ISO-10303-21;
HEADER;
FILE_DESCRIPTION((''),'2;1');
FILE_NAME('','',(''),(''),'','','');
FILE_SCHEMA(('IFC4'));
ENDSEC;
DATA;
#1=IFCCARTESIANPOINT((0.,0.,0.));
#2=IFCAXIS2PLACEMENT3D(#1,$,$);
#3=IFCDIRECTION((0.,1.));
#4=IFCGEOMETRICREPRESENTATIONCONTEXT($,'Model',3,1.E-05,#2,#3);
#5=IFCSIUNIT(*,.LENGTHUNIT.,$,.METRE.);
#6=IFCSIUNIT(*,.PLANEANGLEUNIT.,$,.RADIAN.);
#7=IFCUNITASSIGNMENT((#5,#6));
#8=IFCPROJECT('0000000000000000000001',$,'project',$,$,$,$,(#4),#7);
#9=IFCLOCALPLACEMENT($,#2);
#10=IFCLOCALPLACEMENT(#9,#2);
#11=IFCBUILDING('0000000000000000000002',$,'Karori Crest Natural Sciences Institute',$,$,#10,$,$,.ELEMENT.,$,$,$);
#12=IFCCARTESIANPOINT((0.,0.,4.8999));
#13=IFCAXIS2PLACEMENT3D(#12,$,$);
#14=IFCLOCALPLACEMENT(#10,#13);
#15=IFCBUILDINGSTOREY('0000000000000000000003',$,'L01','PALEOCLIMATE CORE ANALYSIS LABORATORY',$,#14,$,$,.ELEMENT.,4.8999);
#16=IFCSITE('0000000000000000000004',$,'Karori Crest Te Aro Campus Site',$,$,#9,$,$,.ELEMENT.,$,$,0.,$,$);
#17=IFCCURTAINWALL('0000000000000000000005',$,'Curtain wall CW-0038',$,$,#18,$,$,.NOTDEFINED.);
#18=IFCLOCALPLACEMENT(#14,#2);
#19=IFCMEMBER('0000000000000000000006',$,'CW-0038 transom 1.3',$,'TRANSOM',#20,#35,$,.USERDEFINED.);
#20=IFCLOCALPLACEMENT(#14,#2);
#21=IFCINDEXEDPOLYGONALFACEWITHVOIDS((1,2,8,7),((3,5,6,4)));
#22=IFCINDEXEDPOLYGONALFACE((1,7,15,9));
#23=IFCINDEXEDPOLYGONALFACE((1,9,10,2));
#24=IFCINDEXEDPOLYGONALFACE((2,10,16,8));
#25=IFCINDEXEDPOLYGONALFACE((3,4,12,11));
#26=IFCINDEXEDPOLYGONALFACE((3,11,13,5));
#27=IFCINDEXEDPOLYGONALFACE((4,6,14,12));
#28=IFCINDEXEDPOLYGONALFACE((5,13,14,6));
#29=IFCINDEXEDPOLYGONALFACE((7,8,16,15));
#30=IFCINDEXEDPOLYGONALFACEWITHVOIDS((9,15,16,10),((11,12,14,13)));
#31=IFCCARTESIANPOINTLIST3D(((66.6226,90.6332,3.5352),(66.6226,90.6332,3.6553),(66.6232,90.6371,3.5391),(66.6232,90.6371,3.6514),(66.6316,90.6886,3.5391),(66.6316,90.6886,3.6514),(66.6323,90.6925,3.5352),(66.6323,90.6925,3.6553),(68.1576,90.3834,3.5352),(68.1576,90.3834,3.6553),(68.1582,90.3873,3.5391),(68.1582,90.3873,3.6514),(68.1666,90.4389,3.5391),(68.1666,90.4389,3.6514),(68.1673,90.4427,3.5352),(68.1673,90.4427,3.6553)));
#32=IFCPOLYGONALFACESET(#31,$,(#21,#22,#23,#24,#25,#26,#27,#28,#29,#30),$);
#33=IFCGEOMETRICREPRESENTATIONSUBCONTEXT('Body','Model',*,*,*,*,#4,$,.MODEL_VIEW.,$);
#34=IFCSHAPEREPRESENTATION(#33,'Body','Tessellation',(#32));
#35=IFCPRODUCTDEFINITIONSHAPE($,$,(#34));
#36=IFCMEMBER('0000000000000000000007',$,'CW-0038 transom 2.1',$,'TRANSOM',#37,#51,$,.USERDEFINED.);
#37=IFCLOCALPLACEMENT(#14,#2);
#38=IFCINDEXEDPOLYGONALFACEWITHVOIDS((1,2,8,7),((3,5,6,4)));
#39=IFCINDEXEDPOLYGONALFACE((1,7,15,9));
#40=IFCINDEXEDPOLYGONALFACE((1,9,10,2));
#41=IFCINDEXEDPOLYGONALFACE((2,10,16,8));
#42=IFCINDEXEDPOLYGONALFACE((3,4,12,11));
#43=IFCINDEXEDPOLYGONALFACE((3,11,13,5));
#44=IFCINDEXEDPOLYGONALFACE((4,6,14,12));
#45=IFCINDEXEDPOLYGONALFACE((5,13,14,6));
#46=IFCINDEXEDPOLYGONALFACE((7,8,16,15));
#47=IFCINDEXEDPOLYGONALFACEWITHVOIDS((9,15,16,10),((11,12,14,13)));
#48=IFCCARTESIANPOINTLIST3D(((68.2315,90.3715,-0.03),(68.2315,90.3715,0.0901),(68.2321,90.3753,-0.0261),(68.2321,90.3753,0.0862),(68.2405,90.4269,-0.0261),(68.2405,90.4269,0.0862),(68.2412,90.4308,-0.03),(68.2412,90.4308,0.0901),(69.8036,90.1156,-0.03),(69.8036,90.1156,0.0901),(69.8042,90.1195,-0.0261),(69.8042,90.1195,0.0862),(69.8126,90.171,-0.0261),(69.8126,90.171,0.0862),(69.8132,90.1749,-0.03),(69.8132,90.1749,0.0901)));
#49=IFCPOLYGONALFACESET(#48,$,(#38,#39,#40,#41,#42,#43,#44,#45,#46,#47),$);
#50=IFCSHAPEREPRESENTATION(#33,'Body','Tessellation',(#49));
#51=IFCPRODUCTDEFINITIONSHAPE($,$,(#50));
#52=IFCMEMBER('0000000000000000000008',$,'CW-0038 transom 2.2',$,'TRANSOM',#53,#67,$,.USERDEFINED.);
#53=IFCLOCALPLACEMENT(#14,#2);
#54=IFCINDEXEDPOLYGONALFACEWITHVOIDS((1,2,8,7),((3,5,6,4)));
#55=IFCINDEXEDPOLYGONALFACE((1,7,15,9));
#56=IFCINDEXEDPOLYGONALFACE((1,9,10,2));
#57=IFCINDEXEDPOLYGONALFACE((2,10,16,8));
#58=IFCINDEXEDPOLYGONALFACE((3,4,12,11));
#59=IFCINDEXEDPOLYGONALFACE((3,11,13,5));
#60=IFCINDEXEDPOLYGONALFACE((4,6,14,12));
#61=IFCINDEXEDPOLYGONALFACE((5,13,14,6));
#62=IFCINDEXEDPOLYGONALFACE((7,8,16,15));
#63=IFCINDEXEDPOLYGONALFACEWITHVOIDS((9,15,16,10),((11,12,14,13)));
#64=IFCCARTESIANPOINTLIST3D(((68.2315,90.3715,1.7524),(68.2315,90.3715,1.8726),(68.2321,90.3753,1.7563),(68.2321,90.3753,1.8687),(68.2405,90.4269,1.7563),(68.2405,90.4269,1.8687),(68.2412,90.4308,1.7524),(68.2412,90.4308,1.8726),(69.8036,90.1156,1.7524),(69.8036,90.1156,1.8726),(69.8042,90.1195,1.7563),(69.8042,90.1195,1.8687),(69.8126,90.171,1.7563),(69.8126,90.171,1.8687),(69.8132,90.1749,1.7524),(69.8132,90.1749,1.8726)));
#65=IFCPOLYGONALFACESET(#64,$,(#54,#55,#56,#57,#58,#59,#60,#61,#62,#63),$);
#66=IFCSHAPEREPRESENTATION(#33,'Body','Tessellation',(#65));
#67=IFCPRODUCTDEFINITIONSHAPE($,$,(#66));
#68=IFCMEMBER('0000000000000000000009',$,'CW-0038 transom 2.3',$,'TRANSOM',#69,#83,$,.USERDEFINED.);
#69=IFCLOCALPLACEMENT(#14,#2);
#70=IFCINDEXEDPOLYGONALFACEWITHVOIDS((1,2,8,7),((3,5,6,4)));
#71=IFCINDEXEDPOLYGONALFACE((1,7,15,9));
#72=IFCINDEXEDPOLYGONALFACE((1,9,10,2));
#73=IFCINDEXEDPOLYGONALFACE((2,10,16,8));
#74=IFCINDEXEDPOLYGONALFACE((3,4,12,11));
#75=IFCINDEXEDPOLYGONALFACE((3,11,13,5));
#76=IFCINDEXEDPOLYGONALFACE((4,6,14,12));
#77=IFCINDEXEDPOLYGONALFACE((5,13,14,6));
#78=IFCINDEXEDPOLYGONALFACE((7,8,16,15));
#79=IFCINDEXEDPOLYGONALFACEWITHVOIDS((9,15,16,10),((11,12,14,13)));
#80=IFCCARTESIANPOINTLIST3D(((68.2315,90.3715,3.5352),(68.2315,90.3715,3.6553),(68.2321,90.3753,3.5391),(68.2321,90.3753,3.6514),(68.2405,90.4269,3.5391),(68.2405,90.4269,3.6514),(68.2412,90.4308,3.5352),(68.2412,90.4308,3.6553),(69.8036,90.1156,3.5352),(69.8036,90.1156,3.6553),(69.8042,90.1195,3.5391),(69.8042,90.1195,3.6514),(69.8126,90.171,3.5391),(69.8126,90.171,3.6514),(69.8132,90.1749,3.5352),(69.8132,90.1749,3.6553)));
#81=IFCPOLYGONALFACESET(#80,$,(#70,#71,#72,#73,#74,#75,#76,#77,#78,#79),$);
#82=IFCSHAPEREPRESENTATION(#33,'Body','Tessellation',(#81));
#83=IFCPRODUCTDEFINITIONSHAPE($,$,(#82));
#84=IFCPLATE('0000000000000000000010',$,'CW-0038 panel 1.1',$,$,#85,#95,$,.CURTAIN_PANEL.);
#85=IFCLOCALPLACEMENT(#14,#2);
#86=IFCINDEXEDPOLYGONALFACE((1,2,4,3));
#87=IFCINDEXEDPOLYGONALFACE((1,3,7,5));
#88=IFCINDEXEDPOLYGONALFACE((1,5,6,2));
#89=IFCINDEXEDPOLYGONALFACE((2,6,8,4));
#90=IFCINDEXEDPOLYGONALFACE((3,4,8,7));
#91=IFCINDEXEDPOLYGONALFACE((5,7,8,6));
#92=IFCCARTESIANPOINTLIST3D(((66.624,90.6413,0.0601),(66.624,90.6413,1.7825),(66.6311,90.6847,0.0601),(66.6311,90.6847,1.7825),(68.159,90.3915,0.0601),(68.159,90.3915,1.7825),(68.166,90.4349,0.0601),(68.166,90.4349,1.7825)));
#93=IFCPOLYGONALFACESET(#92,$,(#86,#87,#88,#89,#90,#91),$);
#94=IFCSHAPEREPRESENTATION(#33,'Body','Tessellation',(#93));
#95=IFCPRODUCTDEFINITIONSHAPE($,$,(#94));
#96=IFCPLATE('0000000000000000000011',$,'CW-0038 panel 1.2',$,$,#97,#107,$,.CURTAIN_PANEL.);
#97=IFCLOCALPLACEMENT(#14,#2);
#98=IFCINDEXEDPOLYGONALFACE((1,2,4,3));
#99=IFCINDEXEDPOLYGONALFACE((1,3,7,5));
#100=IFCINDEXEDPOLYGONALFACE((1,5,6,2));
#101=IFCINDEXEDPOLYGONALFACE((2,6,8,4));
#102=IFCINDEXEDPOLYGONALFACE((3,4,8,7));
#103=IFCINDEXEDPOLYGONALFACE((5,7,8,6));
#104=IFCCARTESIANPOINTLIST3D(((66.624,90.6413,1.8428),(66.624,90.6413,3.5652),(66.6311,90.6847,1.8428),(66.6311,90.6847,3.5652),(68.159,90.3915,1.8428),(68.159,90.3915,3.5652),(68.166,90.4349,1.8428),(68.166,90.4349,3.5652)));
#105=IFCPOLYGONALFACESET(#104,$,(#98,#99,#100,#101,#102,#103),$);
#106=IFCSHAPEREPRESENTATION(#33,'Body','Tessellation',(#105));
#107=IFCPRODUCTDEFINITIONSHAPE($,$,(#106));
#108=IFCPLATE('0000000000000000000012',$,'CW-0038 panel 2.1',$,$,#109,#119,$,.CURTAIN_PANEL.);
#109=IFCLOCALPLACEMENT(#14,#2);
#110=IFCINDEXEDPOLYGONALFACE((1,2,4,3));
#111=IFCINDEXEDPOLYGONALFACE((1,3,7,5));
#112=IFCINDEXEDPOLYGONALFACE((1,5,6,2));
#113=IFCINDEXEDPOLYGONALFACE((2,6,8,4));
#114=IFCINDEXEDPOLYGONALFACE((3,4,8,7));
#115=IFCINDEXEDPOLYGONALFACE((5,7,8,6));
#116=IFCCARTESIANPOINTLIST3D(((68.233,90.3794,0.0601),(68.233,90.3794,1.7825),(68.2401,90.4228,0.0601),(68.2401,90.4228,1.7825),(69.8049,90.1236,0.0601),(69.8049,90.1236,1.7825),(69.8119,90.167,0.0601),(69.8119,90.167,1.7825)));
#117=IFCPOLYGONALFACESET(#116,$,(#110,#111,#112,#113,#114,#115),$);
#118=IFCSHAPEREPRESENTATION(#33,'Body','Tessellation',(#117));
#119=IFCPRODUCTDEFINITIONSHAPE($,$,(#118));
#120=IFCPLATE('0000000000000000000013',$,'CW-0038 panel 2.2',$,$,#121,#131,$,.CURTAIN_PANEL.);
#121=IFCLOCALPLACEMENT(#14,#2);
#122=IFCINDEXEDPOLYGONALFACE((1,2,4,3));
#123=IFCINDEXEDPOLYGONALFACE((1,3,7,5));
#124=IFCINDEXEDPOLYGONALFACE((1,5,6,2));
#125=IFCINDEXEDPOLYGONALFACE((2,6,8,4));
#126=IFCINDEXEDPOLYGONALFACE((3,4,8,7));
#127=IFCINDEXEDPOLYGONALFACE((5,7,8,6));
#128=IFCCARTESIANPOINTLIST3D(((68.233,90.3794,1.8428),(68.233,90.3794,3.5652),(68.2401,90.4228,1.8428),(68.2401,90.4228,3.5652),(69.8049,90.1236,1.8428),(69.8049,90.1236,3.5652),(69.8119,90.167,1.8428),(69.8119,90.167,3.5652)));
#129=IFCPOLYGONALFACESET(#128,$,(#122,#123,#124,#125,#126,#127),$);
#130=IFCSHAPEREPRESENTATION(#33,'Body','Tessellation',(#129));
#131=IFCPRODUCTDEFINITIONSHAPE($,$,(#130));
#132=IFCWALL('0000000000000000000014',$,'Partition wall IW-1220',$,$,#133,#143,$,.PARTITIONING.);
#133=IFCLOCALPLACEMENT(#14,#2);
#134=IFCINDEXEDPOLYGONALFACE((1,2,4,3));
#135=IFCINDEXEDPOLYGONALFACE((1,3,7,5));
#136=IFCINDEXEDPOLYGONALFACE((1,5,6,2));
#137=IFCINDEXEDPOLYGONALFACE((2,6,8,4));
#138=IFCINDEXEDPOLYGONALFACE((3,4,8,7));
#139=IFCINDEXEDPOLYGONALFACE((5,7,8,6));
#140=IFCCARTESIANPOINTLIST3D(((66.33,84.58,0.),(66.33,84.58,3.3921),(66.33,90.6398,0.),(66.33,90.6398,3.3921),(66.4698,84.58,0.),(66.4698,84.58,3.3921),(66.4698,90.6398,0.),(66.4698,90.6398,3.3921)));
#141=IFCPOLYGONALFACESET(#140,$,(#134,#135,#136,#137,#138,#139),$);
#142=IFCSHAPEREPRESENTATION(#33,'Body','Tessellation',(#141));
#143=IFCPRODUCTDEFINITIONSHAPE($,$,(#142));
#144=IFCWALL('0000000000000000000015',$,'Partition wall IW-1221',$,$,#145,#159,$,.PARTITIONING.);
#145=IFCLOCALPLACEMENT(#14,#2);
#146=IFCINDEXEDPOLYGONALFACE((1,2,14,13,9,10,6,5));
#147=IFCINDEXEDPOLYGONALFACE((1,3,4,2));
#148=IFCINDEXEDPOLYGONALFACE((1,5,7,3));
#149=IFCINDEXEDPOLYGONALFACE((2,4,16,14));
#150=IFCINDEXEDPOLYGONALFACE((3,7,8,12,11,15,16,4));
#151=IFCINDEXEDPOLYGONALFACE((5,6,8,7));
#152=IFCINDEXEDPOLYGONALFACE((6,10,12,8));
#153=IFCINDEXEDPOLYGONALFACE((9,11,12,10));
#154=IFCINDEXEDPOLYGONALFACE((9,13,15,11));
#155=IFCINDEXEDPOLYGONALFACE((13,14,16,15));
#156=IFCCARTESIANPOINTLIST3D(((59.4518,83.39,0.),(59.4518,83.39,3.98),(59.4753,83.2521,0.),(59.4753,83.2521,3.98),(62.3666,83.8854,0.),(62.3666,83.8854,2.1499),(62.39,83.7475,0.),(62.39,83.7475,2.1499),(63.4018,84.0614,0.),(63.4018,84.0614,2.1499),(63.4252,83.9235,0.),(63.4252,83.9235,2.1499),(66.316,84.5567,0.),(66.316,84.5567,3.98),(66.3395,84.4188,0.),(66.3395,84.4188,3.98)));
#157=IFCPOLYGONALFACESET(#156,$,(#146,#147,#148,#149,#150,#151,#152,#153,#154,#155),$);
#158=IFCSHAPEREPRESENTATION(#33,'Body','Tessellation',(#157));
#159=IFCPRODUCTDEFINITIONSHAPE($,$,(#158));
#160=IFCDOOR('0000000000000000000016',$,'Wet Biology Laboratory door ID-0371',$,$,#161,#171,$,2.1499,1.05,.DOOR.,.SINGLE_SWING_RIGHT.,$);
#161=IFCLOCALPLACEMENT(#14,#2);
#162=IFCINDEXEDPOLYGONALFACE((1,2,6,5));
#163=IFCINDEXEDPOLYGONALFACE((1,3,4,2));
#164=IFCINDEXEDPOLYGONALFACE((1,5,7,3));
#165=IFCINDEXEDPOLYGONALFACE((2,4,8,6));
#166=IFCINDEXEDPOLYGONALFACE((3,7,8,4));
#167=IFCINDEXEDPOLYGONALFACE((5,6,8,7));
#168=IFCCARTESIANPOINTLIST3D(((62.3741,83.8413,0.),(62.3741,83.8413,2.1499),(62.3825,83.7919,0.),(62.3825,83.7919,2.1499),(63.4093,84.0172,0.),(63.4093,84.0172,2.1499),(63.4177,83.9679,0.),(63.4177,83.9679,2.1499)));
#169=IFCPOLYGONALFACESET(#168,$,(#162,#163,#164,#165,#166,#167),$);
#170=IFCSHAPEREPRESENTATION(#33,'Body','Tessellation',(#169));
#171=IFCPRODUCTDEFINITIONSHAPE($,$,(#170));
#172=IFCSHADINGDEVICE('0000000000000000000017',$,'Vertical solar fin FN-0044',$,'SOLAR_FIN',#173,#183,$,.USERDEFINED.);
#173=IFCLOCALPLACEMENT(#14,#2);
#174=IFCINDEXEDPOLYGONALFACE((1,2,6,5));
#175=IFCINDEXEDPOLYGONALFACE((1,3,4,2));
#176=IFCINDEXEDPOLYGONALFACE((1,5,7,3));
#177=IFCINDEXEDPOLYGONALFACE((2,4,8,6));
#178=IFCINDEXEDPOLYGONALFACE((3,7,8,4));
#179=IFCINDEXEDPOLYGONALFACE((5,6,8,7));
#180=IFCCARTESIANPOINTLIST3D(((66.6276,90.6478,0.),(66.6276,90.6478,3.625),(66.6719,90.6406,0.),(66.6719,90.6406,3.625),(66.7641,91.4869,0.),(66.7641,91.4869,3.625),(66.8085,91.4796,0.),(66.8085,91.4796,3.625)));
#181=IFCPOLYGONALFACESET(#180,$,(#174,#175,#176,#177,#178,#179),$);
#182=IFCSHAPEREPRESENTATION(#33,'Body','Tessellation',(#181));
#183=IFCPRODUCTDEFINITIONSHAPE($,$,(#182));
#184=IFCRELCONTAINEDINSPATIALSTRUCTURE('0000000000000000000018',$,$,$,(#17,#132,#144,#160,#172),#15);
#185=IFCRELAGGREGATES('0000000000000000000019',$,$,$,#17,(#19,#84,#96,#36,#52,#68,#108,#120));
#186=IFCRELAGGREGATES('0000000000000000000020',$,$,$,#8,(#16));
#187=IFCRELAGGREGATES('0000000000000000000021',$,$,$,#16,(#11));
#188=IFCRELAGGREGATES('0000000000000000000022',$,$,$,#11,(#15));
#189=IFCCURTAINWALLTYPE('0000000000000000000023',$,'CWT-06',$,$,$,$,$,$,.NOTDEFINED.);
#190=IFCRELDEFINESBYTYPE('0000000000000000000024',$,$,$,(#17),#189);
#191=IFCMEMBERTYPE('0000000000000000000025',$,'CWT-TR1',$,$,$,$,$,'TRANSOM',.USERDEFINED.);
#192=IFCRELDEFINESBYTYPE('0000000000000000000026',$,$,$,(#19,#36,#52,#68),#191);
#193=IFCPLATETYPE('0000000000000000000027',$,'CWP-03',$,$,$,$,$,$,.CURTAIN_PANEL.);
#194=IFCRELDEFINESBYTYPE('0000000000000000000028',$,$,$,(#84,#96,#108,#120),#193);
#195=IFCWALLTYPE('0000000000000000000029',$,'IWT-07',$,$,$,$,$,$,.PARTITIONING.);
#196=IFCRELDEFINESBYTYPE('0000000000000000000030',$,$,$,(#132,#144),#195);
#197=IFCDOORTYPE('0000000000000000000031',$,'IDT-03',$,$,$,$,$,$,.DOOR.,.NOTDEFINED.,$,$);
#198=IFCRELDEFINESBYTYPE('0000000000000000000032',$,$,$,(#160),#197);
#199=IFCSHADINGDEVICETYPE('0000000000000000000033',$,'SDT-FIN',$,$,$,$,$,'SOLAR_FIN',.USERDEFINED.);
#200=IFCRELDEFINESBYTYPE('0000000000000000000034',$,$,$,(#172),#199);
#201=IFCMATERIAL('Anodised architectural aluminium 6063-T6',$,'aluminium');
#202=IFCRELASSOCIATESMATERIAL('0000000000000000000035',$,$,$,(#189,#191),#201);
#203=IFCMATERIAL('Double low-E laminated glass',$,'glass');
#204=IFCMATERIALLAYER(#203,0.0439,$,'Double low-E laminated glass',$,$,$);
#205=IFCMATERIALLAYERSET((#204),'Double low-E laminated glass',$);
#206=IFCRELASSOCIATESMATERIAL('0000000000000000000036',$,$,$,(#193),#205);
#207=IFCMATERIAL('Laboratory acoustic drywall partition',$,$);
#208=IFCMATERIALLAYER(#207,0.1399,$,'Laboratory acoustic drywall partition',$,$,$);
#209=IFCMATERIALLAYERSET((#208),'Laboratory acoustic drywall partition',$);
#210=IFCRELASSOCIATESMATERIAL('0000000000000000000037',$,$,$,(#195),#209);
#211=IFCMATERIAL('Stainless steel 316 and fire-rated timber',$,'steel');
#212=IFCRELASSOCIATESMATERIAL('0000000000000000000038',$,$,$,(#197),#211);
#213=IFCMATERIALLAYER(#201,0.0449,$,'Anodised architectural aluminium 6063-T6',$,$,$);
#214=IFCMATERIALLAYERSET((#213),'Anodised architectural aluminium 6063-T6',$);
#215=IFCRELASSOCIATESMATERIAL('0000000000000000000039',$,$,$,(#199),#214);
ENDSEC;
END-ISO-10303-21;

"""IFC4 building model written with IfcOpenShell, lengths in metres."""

from ifc_helpers import new_model, si_unit, direction, frame, frame_2d, origin, origin_2d, place, context, subcontext, project, spatial, rectangle, hollow_rectangle, extrude, material, layer, layer_set, material_profile, profile_set, type_object, element, fill, aggregate, save


model = new_model("IFC4")

# Units and contexts
model_context = context("Model", 3, precision=1e-05, world=origin(), true_north=direction((0.0, 1.0)))
body_context = subcontext(model_context, "Body", "Model", "MODEL_VIEW")
ifc_project = project(units=[si_unit("LENGTHUNIT", "METRE"), si_unit("PLANEANGLEUNIT", "RADIAN")], contexts=[model_context])

# Site, building, storey
site_placement = place(None, origin())
site = spatial("IfcSite", under=ifc_project, at=site_placement, Name="Karori Crest Te Aro Campus Site", CompositionType="ELEMENT", RefElevation=0.0)
building_placement = place(site_placement, origin())
building = spatial("IfcBuilding", under=site, at=building_placement, Name="Karori Crest Natural Sciences Institute", CompositionType="ELEMENT")
storey_placement = place(building_placement, frame((0.0, 0.0, 4.8999)))
storey = spatial("IfcBuildingStorey", under=building, at=storey_placement, Name="L01", Description="PALEOCLIMATE CORE ANALYSIS LABORATORY", CompositionType="ELEMENT", Elevation=4.8999)

# Curtain wall, members, plates
ifc_material_1 = material(Name="Anodised architectural aluminium 6063-T6", Category="aluminium")
curtain_wall_type = type_object("IfcCurtainWallType", Name="CWT-06", PredefinedType="NOTDEFINED", material=ifc_material_1)
curtain_wall_placement = place(storey_placement, origin())
curtain_wall = element("IfcCurtainWall", 1, at=curtain_wall_placement, inside=storey, type_object=curtain_wall_type, Name="Curtain wall CW-0038", PredefinedType="NOTDEFINED")
ifc_material_profile_1 = material_profile(ifc_material_1, hollow_rectangle(XDim=0.0601, YDim=0.1201, WallThickness=0.0039, at=origin_2d()), Name="CWT120x60x4")
ifc_profile_set_1 = profile_set([ifc_material_profile_1], Name="Anodised architectural aluminium 6063-T6")
member_type_1 = type_object("IfcMemberType", Name="CWT-TR1", ElementType="TRANSOM", PredefinedType="USERDEFINED", material=ifc_profile_set_1)
member_1_placement = place(storey_placement, frame((66.6274, 90.6628, 3.5952), z_axis=(0.987019, -0.160604, 0.0), x_axis=(0.160604, 0.987019, 0.0)))
member_1 = element("IfcMember", 2, at=member_1_placement, type_object=member_type_1, Name="CW-0038 transom 1.3", ObjectType="TRANSOM", PredefinedType="USERDEFINED", context=body_context, shape_type="SweptSolid", body=[
    extrude(hollow_rectangle(XDim=0.0601, YDim=0.1201, WallThickness=0.0039, at=origin_2d()), origin(), (0.0, 0.0, 1.0), 1.5552),
])
member_2_placement = place(storey_placement, frame((68.2363, 90.4011, 0.03), z_axis=(0.987012, -0.160644, 0.0), x_axis=(0.160644, 0.987012, 0.0)))
member_2 = element("IfcMember", 3, at=member_2_placement, type_object=member_type_1, Name="CW-0038 transom 2.1", ObjectType="TRANSOM", PredefinedType="USERDEFINED", context=body_context, shape_type="SweptSolid", body=[
    extrude(hollow_rectangle(XDim=0.0601, YDim=0.1201, WallThickness=0.0039, at=origin_2d()), origin(), (0.0, 0.0, 1.0), 1.5928),
])
member_3_placement = place(storey_placement, frame((68.2363, 90.4011, 1.8125), z_axis=(0.987012, -0.160644, 0.0), x_axis=(0.160644, 0.987012, 0.0)))
member_3 = element("IfcMember", 4, at=member_3_placement, type_object=member_type_1, Name="CW-0038 transom 2.2", ObjectType="TRANSOM", PredefinedType="USERDEFINED", context=body_context, shape_type="SweptSolid", body=[
    extrude(hollow_rectangle(XDim=0.0601, YDim=0.1201, WallThickness=0.0039, at=origin_2d()), origin(), (0.0, 0.0, 1.0), 1.5928),
])
member_4_placement = place(storey_placement, frame((68.2363, 90.4011, 3.5952), z_axis=(0.987012, -0.160644, 0.0), x_axis=(0.160644, 0.987012, 0.0)))
member_4 = element("IfcMember", 5, at=member_4_placement, type_object=member_type_1, Name="CW-0038 transom 2.3", ObjectType="TRANSOM", PredefinedType="USERDEFINED", context=body_context, shape_type="SweptSolid", body=[
    extrude(hollow_rectangle(XDim=0.0601, YDim=0.1201, WallThickness=0.0039, at=origin_2d()), origin(), (0.0, 0.0, 1.0), 1.5928),
])
ifc_material_2 = material(Name="Double low-E laminated glass", Category="glass")
ifc_layer_1 = layer(ifc_material_2, 0.0439, Name="Double low-E laminated glass")
ifc_layer_set_1 = layer_set([ifc_layer_1], Name="Double low-E laminated glass")
plate_type = type_object("IfcPlateType", Name="CWP-03", PredefinedType="CURTAIN_PANEL", material=ifc_layer_set_1)
plate_1_placement = place(storey_placement, frame((67.395, 90.5381, 0.0601), z_axis=(0.0, 0.0, 1.0), x_axis=(0.987011, -0.160652, 0.0)))
plate_1 = element("IfcPlate", 6, at=plate_1_placement, type_object=plate_type, Name="CW-0038 panel 1.1", PredefinedType="CURTAIN_PANEL", context=body_context, shape_type="SweptSolid", body=[
    extrude(rectangle(XDim=1.5552, YDim=0.0439, at=origin_2d()), origin(), (0.0, 0.0, 1.0), 1.7224),
])
plate_2_placement = place(storey_placement, frame((67.395, 90.5381, 1.8428), z_axis=(0.0, 0.0, 1.0), x_axis=(0.987011, -0.160652, 0.0)))
plate_2 = element("IfcPlate", 7, at=plate_2_placement, type_object=plate_type, Name="CW-0038 panel 1.2", PredefinedType="CURTAIN_PANEL", context=body_context, shape_type="SweptSolid", body=[
    extrude(rectangle(XDim=1.5552, YDim=0.0439, at=origin_2d()), origin(), (0.0, 0.0, 1.0), 1.7224),
])
plate_3_placement = place(storey_placement, frame((69.0225, 90.2732, 0.0601), z_axis=(0.0, 0.0, 1.0), x_axis=(0.987011, -0.160652, 0.0)))
plate_3 = element("IfcPlate", 8, at=plate_3_placement, type_object=plate_type, Name="CW-0038 panel 2.1", PredefinedType="CURTAIN_PANEL", context=body_context, shape_type="SweptSolid", body=[
    extrude(rectangle(XDim=1.5925, YDim=0.0439, at=origin_2d()), origin(), (0.0, 0.0, 1.0), 1.7224),
])
plate_4_placement = place(storey_placement, frame((69.0225, 90.2732, 1.8428), z_axis=(0.0, 0.0, 1.0), x_axis=(0.987011, -0.160652, 0.0)))
plate_4 = element("IfcPlate", 9, at=plate_4_placement, type_object=plate_type, Name="CW-0038 panel 2.2", PredefinedType="CURTAIN_PANEL", context=body_context, shape_type="SweptSolid", body=[
    extrude(rectangle(XDim=1.5925, YDim=0.0439, at=origin_2d()), origin(), (0.0, 0.0, 1.0), 1.7224),
])
aggregate(curtain_wall, [member_1, plate_1, plate_2, member_2, member_3, member_4, plate_3, plate_4])

# Wall
ifc_material_3 = material(Name="Laboratory acoustic drywall partition")
ifc_layer_2 = layer(ifc_material_3, 0.1399, Name="Laboratory acoustic drywall partition")
ifc_layer_set_2 = layer_set([ifc_layer_2], Name="Laboratory acoustic drywall partition")
wall_type = type_object("IfcWallType", Name="IWT-07", PredefinedType="PARTITIONING", material=ifc_layer_set_2)
wall_1_placement = place(storey_placement, frame((66.3999, 84.5801, 0.0), z_axis=(0.0, 0.0, 1.0), x_axis=(0.0, 1.0, 0.0)))
element("IfcWall", 10, at=wall_1_placement, inside=storey, type_object=wall_type, Name="Partition wall IW-1220", PredefinedType="PARTITIONING", context=body_context, shape_type="SweptSolid", body=[
    extrude(rectangle(XDim=6.0598, YDim=0.1399, at=frame_2d((3.0298, 0.0))), origin(), (0.0, 0.0, 1.0), 3.3921),
])

# Wall, opening, door
wall_2_placement = place(storey_placement, frame((66.3279, 84.4878, 0.0), z_axis=(0.0, 0.0, 1.0), x_axis=(-0.98586, -0.167571, 0.0)))
wall_2 = element("IfcWall", 11, at=wall_2_placement, inside=storey, type_object=wall_type, Name="Partition wall IW-1221", PredefinedType="PARTITIONING", context=body_context, shape_type="SweptSolid", body=[
    extrude(rectangle(XDim=6.9626, YDim=0.1399, at=frame_2d((3.4814, 0.0))), origin(), (0.0, 0.0, 1.0), 3.98),
])
opening_placement = place(wall_2_placement, frame((2.9563, 0.0, 0.0)))
opening = element("IfcOpeningElement", 12, at=opening_placement, cuts=wall_2, PredefinedType="OPENING", context=body_context, shape_type="SweptSolid", body=[
    extrude(rectangle(XDim=1.05, YDim=2.1499, at=frame_2d((0.5249, 1.075))), frame((0.0, 0.0801, 0.0), z_axis=(0.0, -1.0, 0.0), x_axis=(1.0, 0.0, 0.0)), (0.0, 0.0, 1.0), 0.1599),
])
ifc_material_4 = material(Name="Stainless steel 316 and fire-rated timber", Category="steel")
door_type = type_object("IfcDoorType", Name="IDT-03", OperationType="NOTDEFINED", PredefinedType="DOOR", material=ifc_material_4)
door_placement = place(opening_placement, origin())
door = element("IfcDoor", 13, at=door_placement, inside=storey, type_object=door_type, Name="Wet Biology Laboratory door ID-0371", OperationType="SINGLE_SWING_RIGHT", OverallHeight=2.1499, OverallWidth=1.05, PredefinedType="DOOR", context=body_context, shape_type="SweptSolid", body=[
    extrude(rectangle(XDim=1.05, YDim=2.1499, at=frame_2d((0.5249, 1.075))), frame((0.0, 0.0249, 0.0), z_axis=(0.0, -1.0, 0.0), x_axis=(1.0, 0.0, 0.0)), (0.0, 0.0, 1.0), 0.05),
])
fill(opening, door)

# Shading device
ifc_layer_3 = layer(ifc_material_1, 0.0449, Name="Anodised architectural aluminium 6063-T6")
ifc_layer_set_3 = layer_set([ifc_layer_3], Name="Anodised architectural aluminium 6063-T6")
shading_device_type = type_object("IfcShadingDeviceType", Name="SDT-FIN", ElementType="SOLAR_FIN", PredefinedType="USERDEFINED", material=ifc_layer_set_3)
for number, where, z_axis, x_axis, name in (
    (14, (66.718, 91.0637, 0.0), (0.0, 0.0, 1.0), (0.160651, 0.987011, 0.0), "Vertical solar fin FN-0044"),
):
    element("IfcShadingDevice", number, at=place(storey_placement, frame(where, z_axis=z_axis, x_axis=x_axis)), inside=storey, type_object=shading_device_type, Name=name, ObjectType="SOLAR_FIN", PredefinedType="USERDEFINED", context=body_context, shape_type="SweptSolid", body=[
        extrude(rectangle(XDim=0.8501, YDim=0.0449, at=origin_2d()), origin(), (0.0, 0.0, 1.0), 3.625),
    ])

save(model, "model.ifc")
